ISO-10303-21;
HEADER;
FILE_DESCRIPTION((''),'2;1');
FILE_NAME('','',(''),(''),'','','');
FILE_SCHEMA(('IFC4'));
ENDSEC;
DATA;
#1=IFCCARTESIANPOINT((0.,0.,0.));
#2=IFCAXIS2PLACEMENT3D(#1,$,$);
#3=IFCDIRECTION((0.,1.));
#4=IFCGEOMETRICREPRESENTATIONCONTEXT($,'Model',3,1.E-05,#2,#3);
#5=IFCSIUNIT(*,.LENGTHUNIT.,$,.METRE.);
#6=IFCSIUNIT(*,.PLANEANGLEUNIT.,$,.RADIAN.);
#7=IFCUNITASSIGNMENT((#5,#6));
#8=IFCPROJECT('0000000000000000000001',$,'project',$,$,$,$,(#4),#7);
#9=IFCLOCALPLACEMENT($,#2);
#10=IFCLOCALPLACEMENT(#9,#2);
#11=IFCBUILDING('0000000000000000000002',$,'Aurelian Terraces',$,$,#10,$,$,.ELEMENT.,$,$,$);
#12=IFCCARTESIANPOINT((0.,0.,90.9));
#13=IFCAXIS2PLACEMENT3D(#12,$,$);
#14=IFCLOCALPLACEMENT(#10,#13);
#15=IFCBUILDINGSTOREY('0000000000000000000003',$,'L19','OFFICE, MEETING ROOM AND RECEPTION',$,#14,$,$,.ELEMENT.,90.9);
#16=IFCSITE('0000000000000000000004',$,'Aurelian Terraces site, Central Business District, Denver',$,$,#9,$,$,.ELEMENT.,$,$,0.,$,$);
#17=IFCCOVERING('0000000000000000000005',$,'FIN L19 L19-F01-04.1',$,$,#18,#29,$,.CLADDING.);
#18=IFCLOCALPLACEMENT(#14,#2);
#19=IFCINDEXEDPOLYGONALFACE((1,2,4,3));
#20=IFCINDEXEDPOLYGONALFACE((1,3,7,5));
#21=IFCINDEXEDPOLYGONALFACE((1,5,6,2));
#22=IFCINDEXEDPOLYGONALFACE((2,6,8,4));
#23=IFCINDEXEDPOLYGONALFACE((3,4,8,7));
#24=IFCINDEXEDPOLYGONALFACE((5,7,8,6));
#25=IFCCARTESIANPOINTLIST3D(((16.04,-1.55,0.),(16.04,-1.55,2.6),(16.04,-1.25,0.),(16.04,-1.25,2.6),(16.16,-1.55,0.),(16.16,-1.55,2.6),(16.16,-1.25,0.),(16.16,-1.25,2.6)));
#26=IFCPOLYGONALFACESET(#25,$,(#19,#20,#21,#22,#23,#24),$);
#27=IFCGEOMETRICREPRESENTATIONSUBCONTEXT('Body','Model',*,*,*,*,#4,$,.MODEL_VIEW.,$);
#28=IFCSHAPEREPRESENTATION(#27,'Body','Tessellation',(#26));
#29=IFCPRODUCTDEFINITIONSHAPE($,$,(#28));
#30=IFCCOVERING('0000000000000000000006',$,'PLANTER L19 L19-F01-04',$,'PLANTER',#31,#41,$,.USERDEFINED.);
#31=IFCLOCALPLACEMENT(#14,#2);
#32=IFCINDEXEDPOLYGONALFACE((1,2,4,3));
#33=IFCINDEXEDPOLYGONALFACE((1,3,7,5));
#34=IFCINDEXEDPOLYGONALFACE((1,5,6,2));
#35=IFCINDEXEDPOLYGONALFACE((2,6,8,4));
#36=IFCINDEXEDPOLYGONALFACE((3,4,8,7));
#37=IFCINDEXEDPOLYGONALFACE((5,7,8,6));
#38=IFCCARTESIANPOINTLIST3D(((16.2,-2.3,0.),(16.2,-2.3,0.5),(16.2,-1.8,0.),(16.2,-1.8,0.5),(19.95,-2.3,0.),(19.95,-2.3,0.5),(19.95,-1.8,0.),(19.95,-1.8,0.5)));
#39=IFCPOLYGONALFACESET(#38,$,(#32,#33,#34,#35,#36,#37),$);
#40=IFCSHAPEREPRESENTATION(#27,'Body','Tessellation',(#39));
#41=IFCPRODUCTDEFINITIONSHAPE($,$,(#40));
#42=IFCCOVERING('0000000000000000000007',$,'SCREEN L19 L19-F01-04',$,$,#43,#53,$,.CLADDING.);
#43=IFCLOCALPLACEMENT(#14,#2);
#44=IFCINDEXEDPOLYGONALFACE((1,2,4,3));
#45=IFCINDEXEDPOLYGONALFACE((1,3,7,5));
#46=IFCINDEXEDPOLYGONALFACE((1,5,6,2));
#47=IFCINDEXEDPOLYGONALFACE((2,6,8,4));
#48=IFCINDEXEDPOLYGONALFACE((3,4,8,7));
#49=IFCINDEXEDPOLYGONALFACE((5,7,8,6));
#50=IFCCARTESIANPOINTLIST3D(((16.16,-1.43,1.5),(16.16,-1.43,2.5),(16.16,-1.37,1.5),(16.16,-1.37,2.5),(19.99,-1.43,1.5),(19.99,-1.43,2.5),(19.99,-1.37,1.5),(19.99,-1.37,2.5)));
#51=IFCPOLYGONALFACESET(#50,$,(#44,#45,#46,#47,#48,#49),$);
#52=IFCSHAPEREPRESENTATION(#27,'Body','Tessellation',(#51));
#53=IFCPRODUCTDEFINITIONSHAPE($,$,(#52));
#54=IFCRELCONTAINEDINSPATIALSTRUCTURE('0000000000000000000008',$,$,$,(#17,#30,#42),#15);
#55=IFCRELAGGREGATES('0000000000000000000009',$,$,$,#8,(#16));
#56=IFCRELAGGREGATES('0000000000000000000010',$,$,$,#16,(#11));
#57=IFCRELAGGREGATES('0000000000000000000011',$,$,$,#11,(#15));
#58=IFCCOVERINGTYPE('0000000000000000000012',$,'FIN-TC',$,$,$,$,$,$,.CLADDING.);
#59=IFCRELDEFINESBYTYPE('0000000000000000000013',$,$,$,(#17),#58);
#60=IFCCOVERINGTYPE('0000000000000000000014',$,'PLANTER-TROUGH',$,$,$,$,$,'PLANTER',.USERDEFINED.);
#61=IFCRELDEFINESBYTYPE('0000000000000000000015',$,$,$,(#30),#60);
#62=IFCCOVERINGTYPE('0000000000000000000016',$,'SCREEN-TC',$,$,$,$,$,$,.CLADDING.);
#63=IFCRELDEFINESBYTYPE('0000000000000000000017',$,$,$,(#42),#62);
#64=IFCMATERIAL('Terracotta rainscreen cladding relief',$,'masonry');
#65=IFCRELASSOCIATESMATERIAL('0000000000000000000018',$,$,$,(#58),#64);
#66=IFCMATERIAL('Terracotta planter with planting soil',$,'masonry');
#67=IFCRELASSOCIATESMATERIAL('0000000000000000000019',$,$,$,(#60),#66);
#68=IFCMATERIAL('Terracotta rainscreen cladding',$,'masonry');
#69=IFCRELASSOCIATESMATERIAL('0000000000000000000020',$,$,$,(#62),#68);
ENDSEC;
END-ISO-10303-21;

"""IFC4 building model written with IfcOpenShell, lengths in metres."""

from ifc_helpers import new_model, si_unit, direction, frame, origin, origin_2d, place, context, subcontext, project, spatial, rectangle, extrude, source, transform, mapped, material, type_object, element, save


model = new_model("IFC4")

# Units and contexts
model_context = context("Model", 3, precision=1e-05, world=origin(), true_north=direction((0.0, 1.0)))
body_context = subcontext(model_context, "Body", "Model", "MODEL_VIEW")
ifc_project = project(units=[si_unit("LENGTHUNIT", "METRE"), si_unit("PLANEANGLEUNIT", "RADIAN")], contexts=[model_context])

# Site, building, storey
site_placement = place(None, origin())
site = spatial("IfcSite", under=ifc_project, at=site_placement, Name="Aurelian Terraces site, Central Business District, Denver", CompositionType="ELEMENT", RefElevation=0.0)
building_placement = place(site_placement, origin())
building = spatial("IfcBuilding", under=site, at=building_placement, Name="Aurelian Terraces", CompositionType="ELEMENT")
storey_placement = place(building_placement, frame((0.0, 0.0, 90.9)))
storey = spatial("IfcBuildingStorey", under=building, at=storey_placement, Name="L19", Description="OFFICE, MEETING ROOM AND RECEPTION", CompositionType="ELEMENT", Elevation=90.9)

# Shared definitions
ifc_material_1 = material(Name="Terracotta rainscreen cladding", Category="masonry")

# Covering
ifc_material_2 = material(Name="Terracotta rainscreen cladding relief", Category="masonry")
covering_type_1 = type_object("IfcCoveringType", Name="FIN-TC", PredefinedType="CLADDING", material=ifc_material_2)
shared_shape_1 = source(origin(), body_context, "Body", "SweptSolid", [
    extrude(rectangle(XDim=0.12, YDim=0.3, at=origin_2d()), origin(), (0.0, 0.0, 1.0), 2.6),
])
covering_1_placement = place(storey_placement, frame((16.1, -1.4, 0.0), z_axis=(0.0, 0.0, 1.0), x_axis=(1.0, 0.0, 0.0)))
element("IfcCovering", 1, at=covering_1_placement, inside=storey, type_object=covering_type_1, Name="FIN L19 L19-F01-04.1", PredefinedType="CLADDING", context=body_context, shape_type="MappedRepresentation", body=[
    mapped(shared_shape_1, transform((0.0, 0.0, 0.0), scale=1.0)),
])

# Coverings
ifc_material_3 = material(Name="Terracotta planter with planting soil", Category="masonry")
covering_type_2 = type_object("IfcCoveringType", Name="PLANTER-TROUGH", ElementType="PLANTER", PredefinedType="USERDEFINED", material=ifc_material_3)
shared_shape_2 = source(origin(), body_context, "Body", "SweptSolid", [
    extrude(rectangle(XDim=3.75, YDim=0.5, at=origin_2d()), origin(), (0.0, 0.0, 1.0), 0.5),
])
covering_2_placement = place(storey_placement, frame((18.075, -2.05, 0.0), z_axis=(0.0, 0.0, 1.0), x_axis=(1.0, 0.0, 0.0)))
element("IfcCovering", 2, at=covering_2_placement, inside=storey, type_object=covering_type_2, Name="PLANTER L19 L19-F01-04", ObjectType="PLANTER", PredefinedType="USERDEFINED", context=body_context, shape_type="MappedRepresentation", body=[
    mapped(shared_shape_2, transform((0.0, 0.0, 0.0), scale=1.0)),
])
covering_type_3 = type_object("IfcCoveringType", Name="SCREEN-TC", PredefinedType="CLADDING", material=ifc_material_1)
shared_shape_3 = source(origin(), body_context, "Body", "SweptSolid", [
    extrude(rectangle(XDim=3.83, YDim=0.06, at=origin_2d()), origin(), (0.0, 0.0, 1.0), 1.0),
])
covering_3_placement = place(storey_placement, frame((18.075, -1.4, 1.5), z_axis=(0.0, 0.0, 1.0), x_axis=(1.0, 0.0, 0.0)))
element("IfcCovering", 3, at=covering_3_placement, inside=storey, type_object=covering_type_3, Name="SCREEN L19 L19-F01-04", PredefinedType="CLADDING", context=body_context, shape_type="MappedRepresentation", body=[
    mapped(shared_shape_3, transform((0.0, 0.0, 0.0), scale=1.0)),
])

save(model, "model.ifc")
